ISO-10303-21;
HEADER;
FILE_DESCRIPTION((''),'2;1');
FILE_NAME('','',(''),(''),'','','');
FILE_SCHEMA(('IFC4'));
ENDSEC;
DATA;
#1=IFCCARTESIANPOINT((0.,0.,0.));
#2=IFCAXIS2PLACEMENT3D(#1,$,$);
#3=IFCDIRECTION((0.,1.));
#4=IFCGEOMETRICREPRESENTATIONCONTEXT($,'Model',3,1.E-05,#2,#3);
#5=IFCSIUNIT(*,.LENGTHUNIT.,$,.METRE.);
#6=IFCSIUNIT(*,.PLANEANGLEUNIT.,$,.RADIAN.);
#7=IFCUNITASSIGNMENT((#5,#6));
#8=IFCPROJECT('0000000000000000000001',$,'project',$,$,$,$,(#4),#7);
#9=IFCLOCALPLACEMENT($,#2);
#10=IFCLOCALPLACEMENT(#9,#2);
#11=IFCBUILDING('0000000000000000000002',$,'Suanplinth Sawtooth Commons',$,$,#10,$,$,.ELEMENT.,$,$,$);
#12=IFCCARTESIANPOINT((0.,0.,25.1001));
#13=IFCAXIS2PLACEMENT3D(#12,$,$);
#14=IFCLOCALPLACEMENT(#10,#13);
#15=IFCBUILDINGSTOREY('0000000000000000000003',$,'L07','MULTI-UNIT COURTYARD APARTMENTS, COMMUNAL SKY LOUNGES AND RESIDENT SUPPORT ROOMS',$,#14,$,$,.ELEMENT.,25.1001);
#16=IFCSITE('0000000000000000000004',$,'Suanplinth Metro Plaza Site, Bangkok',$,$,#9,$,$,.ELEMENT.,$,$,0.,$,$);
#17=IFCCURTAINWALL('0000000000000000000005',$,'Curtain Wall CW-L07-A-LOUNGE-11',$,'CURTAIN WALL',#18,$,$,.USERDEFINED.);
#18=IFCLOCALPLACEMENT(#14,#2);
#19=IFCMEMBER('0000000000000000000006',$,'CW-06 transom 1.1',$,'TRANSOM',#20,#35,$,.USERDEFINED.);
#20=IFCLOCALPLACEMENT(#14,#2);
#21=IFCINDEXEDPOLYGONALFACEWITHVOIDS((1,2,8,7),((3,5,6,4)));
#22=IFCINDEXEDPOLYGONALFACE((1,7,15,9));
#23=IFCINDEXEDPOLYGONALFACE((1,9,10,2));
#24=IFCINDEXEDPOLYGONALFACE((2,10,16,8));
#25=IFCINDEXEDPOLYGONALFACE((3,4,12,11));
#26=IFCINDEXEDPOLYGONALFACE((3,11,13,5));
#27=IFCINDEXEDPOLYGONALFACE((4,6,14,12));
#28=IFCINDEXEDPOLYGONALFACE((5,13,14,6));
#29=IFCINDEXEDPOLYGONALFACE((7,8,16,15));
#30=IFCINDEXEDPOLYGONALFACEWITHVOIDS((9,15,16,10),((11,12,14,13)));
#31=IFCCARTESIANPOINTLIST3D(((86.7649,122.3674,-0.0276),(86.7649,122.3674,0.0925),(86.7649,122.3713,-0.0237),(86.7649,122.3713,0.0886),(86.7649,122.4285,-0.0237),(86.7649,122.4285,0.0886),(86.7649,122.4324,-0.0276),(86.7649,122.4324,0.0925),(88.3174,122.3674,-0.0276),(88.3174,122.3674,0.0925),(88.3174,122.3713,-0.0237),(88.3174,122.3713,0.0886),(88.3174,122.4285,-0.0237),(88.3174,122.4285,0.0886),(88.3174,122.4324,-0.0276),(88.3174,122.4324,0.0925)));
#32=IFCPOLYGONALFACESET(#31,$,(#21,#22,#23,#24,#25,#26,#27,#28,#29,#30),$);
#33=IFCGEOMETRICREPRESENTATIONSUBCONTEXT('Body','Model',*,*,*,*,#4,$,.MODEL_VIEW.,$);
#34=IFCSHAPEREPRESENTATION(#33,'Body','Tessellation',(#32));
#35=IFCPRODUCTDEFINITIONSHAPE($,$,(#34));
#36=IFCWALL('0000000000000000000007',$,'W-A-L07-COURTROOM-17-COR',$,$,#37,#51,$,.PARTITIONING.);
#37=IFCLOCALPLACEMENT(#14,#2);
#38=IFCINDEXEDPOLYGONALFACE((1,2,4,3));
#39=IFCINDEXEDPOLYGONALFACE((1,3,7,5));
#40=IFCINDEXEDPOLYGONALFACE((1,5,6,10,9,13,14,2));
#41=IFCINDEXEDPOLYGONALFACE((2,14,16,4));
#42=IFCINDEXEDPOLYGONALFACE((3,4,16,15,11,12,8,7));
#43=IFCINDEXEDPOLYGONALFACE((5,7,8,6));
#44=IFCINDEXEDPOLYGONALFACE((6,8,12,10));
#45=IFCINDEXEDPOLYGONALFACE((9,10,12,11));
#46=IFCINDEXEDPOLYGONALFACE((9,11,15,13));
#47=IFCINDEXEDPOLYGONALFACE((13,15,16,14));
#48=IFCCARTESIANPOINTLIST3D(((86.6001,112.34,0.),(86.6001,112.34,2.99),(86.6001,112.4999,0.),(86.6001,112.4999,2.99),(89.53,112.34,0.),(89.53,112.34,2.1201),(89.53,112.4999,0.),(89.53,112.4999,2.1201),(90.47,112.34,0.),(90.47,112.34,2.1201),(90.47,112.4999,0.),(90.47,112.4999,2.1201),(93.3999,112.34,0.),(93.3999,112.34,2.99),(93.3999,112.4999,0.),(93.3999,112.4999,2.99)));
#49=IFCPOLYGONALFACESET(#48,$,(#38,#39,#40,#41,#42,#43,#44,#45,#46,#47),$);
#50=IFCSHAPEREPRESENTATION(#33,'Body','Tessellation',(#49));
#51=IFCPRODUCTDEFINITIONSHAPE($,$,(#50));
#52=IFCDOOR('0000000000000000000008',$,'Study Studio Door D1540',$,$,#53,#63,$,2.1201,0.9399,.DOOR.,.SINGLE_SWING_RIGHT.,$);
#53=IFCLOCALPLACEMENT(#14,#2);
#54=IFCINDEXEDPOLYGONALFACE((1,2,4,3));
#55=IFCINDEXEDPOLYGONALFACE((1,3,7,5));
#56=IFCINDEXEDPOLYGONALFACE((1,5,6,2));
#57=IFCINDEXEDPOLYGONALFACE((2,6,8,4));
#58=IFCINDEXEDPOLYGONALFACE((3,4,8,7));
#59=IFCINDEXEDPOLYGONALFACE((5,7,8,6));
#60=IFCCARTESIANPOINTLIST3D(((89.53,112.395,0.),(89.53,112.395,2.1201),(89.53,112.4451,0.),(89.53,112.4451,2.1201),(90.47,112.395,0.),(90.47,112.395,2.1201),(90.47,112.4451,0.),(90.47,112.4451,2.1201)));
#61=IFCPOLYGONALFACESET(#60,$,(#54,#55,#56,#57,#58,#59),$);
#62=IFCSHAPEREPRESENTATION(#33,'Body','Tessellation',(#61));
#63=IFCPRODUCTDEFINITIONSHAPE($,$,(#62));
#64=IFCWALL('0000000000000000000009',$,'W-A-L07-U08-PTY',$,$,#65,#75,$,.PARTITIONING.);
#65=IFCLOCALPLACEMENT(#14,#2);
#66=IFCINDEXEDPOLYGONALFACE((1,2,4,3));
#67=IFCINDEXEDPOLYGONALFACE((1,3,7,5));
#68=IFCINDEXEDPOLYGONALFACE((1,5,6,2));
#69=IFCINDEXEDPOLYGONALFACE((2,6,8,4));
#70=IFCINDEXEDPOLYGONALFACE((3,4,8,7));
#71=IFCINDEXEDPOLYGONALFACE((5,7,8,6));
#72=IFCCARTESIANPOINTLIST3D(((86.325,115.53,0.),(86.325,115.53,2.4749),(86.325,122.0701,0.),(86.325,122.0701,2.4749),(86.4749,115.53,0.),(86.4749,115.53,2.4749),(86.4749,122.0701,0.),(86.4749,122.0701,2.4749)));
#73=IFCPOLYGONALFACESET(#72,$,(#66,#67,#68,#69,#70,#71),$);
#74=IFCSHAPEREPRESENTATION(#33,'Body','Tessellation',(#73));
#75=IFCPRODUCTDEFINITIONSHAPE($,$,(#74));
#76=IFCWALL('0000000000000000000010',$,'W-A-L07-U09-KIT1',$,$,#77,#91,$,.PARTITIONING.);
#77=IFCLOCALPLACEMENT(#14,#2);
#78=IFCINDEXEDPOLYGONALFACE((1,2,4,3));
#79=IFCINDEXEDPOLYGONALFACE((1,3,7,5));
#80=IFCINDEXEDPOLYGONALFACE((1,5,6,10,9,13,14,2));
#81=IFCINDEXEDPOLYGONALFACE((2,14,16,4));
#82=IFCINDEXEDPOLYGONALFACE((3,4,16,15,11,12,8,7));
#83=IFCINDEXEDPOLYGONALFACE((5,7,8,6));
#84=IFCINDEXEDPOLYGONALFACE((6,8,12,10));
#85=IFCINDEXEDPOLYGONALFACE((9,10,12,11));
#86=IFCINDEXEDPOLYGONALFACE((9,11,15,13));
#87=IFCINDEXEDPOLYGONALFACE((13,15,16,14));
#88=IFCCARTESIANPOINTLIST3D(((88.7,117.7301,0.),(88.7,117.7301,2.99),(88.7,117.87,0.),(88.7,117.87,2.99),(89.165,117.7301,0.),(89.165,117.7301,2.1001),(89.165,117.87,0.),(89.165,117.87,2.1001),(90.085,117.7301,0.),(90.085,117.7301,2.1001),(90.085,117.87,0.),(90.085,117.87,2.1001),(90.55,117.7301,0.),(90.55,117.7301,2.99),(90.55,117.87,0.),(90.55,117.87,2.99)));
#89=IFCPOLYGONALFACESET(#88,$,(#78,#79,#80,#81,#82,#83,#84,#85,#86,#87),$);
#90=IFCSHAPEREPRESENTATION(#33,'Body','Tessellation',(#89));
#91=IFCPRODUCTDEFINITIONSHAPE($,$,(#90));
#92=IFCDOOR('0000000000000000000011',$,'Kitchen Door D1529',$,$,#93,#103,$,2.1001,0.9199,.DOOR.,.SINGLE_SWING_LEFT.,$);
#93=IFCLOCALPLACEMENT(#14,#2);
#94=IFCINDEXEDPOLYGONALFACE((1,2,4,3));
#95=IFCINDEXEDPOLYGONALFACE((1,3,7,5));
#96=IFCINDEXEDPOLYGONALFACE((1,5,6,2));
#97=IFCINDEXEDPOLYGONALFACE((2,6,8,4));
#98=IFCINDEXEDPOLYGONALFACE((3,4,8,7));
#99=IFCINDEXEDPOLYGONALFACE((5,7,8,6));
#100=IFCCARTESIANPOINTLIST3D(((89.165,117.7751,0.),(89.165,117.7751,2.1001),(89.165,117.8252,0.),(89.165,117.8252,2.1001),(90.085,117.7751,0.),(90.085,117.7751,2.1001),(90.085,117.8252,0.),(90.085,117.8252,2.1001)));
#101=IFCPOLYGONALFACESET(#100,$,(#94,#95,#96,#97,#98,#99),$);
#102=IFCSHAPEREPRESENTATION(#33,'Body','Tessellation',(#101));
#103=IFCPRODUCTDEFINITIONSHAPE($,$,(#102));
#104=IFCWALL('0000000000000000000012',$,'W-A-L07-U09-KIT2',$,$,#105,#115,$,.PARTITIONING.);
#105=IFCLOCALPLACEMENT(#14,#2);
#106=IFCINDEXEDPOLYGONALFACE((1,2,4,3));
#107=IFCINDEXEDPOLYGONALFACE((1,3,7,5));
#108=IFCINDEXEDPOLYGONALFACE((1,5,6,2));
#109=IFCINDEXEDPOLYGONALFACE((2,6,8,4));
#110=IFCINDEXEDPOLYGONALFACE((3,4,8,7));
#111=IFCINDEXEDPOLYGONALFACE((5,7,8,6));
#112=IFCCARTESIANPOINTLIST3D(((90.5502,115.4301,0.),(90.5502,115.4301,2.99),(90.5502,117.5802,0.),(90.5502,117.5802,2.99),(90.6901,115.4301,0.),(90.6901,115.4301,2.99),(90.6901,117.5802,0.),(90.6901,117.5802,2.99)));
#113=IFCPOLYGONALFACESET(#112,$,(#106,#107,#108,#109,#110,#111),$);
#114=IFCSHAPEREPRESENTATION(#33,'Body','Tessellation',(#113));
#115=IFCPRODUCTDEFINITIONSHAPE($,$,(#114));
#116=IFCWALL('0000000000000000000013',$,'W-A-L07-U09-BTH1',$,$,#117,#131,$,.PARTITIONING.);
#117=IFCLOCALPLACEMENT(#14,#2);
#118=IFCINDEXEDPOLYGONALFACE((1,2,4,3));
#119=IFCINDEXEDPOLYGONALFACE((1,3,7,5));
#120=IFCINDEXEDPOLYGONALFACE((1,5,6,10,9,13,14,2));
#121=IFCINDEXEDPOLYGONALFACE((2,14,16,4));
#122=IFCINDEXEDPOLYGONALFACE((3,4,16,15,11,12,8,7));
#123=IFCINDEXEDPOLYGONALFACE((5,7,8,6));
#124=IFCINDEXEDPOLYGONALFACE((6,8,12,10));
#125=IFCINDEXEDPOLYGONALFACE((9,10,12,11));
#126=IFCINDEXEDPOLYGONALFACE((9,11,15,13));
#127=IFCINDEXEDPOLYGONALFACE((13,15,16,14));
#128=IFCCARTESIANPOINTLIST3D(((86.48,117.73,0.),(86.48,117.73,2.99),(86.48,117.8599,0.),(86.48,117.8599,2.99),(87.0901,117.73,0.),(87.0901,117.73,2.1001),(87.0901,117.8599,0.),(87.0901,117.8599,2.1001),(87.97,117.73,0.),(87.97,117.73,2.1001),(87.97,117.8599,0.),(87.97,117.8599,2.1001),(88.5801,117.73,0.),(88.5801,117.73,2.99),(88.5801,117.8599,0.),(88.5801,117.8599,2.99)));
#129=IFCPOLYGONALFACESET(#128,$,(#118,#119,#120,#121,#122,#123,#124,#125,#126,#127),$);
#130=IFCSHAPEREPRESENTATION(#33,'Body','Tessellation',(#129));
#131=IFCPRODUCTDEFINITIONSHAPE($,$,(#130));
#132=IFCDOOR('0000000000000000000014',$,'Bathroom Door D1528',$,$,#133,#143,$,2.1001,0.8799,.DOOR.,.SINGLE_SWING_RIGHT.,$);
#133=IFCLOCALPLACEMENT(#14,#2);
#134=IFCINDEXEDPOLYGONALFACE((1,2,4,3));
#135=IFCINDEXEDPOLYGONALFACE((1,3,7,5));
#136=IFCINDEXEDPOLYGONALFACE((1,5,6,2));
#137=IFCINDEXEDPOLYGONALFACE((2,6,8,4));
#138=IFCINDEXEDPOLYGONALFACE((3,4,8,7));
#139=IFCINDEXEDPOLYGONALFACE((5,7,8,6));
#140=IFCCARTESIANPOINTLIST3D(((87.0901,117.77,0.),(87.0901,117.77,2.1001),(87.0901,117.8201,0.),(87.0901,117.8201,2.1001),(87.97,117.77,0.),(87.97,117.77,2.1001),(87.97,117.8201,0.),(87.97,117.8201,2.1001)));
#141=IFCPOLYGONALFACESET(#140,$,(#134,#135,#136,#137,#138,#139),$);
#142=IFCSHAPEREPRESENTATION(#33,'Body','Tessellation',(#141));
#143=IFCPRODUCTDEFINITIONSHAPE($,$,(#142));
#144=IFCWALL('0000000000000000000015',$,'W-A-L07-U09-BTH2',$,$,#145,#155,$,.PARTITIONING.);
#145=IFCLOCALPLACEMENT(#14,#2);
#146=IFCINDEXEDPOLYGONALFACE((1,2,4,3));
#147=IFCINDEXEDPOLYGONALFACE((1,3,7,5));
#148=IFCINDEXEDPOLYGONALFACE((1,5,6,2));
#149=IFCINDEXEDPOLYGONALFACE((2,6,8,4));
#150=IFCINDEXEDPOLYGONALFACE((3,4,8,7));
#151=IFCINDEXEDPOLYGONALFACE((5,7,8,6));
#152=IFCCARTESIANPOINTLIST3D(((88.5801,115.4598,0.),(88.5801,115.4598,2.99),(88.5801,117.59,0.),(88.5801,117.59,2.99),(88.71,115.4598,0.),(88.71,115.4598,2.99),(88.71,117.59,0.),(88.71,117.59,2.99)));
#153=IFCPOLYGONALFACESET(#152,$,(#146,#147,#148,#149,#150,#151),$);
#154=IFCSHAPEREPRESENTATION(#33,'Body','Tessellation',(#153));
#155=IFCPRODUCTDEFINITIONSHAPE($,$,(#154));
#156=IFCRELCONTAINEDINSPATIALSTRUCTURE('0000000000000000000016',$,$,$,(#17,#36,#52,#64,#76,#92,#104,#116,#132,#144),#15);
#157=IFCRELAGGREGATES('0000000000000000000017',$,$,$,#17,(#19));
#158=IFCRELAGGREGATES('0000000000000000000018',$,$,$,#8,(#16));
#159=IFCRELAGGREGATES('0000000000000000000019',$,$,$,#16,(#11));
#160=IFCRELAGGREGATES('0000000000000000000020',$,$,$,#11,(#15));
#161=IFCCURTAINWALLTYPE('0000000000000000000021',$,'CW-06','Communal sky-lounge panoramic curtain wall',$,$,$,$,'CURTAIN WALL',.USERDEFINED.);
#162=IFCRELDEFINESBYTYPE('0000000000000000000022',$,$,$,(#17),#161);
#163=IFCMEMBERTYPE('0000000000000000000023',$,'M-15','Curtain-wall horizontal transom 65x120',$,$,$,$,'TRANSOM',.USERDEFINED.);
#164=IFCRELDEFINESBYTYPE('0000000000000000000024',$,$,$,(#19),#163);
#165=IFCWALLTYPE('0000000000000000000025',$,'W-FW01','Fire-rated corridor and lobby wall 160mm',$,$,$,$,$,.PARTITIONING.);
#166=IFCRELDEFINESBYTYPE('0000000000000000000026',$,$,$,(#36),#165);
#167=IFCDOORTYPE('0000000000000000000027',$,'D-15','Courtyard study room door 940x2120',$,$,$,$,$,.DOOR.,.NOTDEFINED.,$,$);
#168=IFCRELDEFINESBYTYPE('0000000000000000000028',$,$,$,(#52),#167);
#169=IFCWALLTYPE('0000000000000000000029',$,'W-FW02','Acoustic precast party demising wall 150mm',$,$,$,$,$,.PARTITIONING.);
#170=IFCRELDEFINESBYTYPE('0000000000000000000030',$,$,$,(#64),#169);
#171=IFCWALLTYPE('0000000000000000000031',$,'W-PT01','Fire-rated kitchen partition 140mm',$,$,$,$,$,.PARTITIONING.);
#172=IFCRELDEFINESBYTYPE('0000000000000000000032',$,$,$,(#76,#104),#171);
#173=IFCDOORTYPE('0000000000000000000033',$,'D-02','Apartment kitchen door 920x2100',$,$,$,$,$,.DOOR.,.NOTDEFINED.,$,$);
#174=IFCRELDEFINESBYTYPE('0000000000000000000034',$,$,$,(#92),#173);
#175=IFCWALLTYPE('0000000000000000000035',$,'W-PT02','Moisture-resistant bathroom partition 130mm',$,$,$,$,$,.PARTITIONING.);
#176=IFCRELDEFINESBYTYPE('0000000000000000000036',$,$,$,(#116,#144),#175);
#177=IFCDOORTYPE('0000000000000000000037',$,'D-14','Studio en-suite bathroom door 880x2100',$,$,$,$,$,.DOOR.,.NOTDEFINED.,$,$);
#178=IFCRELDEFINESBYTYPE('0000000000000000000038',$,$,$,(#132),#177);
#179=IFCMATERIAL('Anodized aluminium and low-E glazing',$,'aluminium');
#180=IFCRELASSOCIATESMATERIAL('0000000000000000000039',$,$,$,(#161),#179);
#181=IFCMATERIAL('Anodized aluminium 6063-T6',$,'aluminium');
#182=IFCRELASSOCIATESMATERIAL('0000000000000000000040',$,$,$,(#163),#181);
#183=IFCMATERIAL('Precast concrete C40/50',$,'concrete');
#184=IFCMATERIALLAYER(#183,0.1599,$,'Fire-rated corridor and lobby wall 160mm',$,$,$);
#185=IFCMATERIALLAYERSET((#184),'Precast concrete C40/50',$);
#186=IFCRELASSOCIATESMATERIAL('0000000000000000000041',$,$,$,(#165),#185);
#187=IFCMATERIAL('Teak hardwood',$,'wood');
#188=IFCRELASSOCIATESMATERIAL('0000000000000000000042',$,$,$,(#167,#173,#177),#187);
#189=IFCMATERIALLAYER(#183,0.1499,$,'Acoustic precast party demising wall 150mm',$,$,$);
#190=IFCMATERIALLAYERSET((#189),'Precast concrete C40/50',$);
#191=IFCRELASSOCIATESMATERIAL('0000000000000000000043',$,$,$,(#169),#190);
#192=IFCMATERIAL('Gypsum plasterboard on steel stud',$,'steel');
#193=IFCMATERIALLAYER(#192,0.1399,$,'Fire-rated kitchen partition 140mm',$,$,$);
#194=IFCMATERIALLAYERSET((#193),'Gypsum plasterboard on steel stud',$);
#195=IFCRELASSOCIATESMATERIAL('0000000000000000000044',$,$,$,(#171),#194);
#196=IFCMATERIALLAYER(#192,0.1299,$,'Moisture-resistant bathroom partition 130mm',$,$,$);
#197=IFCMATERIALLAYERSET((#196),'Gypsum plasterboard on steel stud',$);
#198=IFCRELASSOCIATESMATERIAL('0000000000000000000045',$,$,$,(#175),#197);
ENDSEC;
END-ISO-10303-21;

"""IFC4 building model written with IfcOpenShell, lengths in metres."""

from ifc_helpers import new_model, si_unit, direction, frame, frame_2d, origin, origin_2d, place, context, subcontext, project, spatial, rectangle, hollow_rectangle, extrude, material, layer, layer_set, material_profile, profile_set, type_object, element, fill, aggregate, save


model = new_model("IFC4")

# Units and contexts
model_context = context("Model", 3, precision=1e-05, world=origin(), true_north=direction((0.0, 1.0)))
body_context = subcontext(model_context, "Body", "Model", "MODEL_VIEW")
ifc_project = project(units=[si_unit("LENGTHUNIT", "METRE"), si_unit("PLANEANGLEUNIT", "RADIAN")], contexts=[model_context])

# Site, building, storey
site_placement = place(None, origin())
site = spatial("IfcSite", under=ifc_project, at=site_placement, Name="Suanplinth Metro Plaza Site, Bangkok", CompositionType="ELEMENT", RefElevation=0.0)
building_placement = place(site_placement, origin())
building = spatial("IfcBuilding", under=site, at=building_placement, Name="Suanplinth Sawtooth Commons", CompositionType="ELEMENT")
storey_placement = place(building_placement, frame((0.0, 0.0, 25.1001)))
storey = spatial("IfcBuildingStorey", under=building, at=storey_placement, Name="L07", Description="MULTI-UNIT COURTYARD APARTMENTS, COMMUNAL SKY LOUNGES AND RESIDENT SUPPORT ROOMS", CompositionType="ELEMENT", Elevation=25.1001)

# Shared definitions
ifc_material_1 = material(Name="Precast concrete C40/50", Category="concrete")

# Curtain wall, member
ifc_material_2 = material(Name="Anodized aluminium and low-E glazing", Category="aluminium")
curtain_wall_type = type_object("IfcCurtainWallType", Name="CW-06", Description="Communal sky-lounge panoramic curtain wall", ElementType="CURTAIN WALL", PredefinedType="USERDEFINED", material=ifc_material_2)
curtain_wall_placement = place(storey_placement, origin())
curtain_wall = element("IfcCurtainWall", 1, at=curtain_wall_placement, inside=storey, type_object=curtain_wall_type, Name="Curtain Wall CW-L07-A-LOUNGE-11", ObjectType="CURTAIN WALL", PredefinedType="USERDEFINED")
ifc_material_3 = material(Name="Anodized aluminium 6063-T6", Category="aluminium")
ifc_material_profile_1 = material_profile(ifc_material_3, hollow_rectangle(XDim=0.0649, YDim=0.1201, WallThickness=0.0039, at=origin_2d()), Name="ALU-TRN 65x120")
ifc_profile_set_1 = profile_set([ifc_material_profile_1], Name="Anodized aluminium 6063-T6")
member_type_1 = type_object("IfcMemberType", Name="M-15", Description="Curtain-wall horizontal transom 65x120", ElementType="TRANSOM", PredefinedType="USERDEFINED", material=ifc_profile_set_1)
member_1_placement = place(storey_placement, frame((86.7649, 122.3999, 0.0325), z_axis=(1.0, 0.0, 0.0), x_axis=(0.0, 1.0, 0.0)))
member_1 = element("IfcMember", 2, at=member_1_placement, type_object=member_type_1, Name="CW-06 transom 1.1", ObjectType="TRANSOM", PredefinedType="USERDEFINED", context=body_context, shape_type="SweptSolid", body=[
    extrude(hollow_rectangle(XDim=0.0649, YDim=0.1201, WallThickness=0.0039, at=origin_2d()), origin(), (0.0, 0.0, 1.0), 1.5525),
])
aggregate(curtain_wall, [member_1])

# Wall, opening, door
ifc_layer_1 = layer(ifc_material_1, 0.1599, Name="Fire-rated corridor and lobby wall 160mm")
ifc_layer_set_1 = layer_set([ifc_layer_1], Name="Precast concrete C40/50")
wall_type_1 = type_object("IfcWallType", Name="W-FW01", Description="Fire-rated corridor and lobby wall 160mm", PredefinedType="PARTITIONING", material=ifc_layer_set_1)
wall_1_placement = place(storey_placement, frame((86.6001, 112.4199, 0.0), z_axis=(0.0, 0.0, 1.0), x_axis=(1.0, 0.0, 0.0)))
wall_1 = element("IfcWall", 3, at=wall_1_placement, inside=storey, type_object=wall_type_1, Name="W-A-L07-COURTROOM-17-COR", PredefinedType="PARTITIONING", context=body_context, shape_type="SweptSolid", body=[
    extrude(rectangle(XDim=6.7998, YDim=0.1599, at=frame_2d((3.3999, 0.0))), origin(), (0.0, 0.0, 1.0), 2.99),
])
opening_1_placement = place(wall_1_placement, frame((2.9299, 0.0, 0.0)))
opening_1 = element("IfcOpeningElement", 4, at=opening_1_placement, cuts=wall_1, PredefinedType="OPENING", context=body_context, shape_type="SweptSolid", body=[
    extrude(rectangle(XDim=0.9399, YDim=2.1201, at=frame_2d((0.47, 1.0601))), frame((0.0, 0.0947, 0.0), z_axis=(0.0, -1.0, 0.0), x_axis=(1.0, 0.0, 0.0)), (0.0, 0.0, 1.0), 0.1897),
])
ifc_material_4 = material(Name="Teak hardwood", Category="wood")
door_type_1 = type_object("IfcDoorType", Name="D-15", Description="Courtyard study room door 940x2120", OperationType="NOTDEFINED", PredefinedType="DOOR", material=ifc_material_4)
door_1_placement = place(opening_1_placement, frame((0.9399, 0.0, 0.0), z_axis=(0.0, 0.0, 1.0), x_axis=(-1.0, 0.0, 0.0)))
door_1 = element("IfcDoor", 5, at=door_1_placement, inside=storey, type_object=door_type_1, Name="Study Studio Door D1540", OperationType="SINGLE_SWING_RIGHT", OverallHeight=2.1201, OverallWidth=0.9399, PredefinedType="DOOR", context=body_context, shape_type="SweptSolid", body=[
    extrude(rectangle(XDim=0.9399, YDim=2.1201, at=frame_2d((0.47, 1.0601))), frame((0.0, 0.0249, 0.0), z_axis=(0.0, -1.0, 0.0), x_axis=(1.0, 0.0, 0.0)), (0.0, 0.0, 1.0), 0.05),
])
fill(opening_1, door_1)

# Wall
ifc_layer_2 = layer(ifc_material_1, 0.1499, Name="Acoustic precast party demising wall 150mm")
ifc_layer_set_2 = layer_set([ifc_layer_2], Name="Precast concrete C40/50")
wall_type_2 = type_object("IfcWallType", Name="W-FW02", Description="Acoustic precast party demising wall 150mm", PredefinedType="PARTITIONING", material=ifc_layer_set_2)
wall_2_placement = place(storey_placement, frame((86.3999, 115.53, 0.0), z_axis=(0.0, 0.0, 1.0), x_axis=(0.0, 1.0, 0.0)))
element("IfcWall", 6, at=wall_2_placement, inside=storey, type_object=wall_type_2, Name="W-A-L07-U08-PTY", PredefinedType="PARTITIONING", context=body_context, shape_type="SweptSolid", body=[
    extrude(rectangle(XDim=6.54, YDim=0.1499, at=frame_2d((3.27, 0.0))), origin(), (0.0, 0.0, 1.0), 2.4749),
])

# Wall, opening, door
ifc_material_5 = material(Name="Gypsum plasterboard on steel stud", Category="steel")
ifc_layer_3 = layer(ifc_material_5, 0.1399, Name="Fire-rated kitchen partition 140mm")
ifc_layer_set_3 = layer_set([ifc_layer_3], Name="Gypsum plasterboard on steel stud")
wall_type_3 = type_object("IfcWallType", Name="W-PT01", Description="Fire-rated kitchen partition 140mm", PredefinedType="PARTITIONING", material=ifc_layer_set_3)
wall_3_placement = place(storey_placement, frame((88.7, 117.8, 0.0), z_axis=(0.0, 0.0, 1.0), x_axis=(1.0, 0.0, 0.0)))
wall_3 = element("IfcWall", 7, at=wall_3_placement, inside=storey, type_object=wall_type_3, Name="W-A-L07-U09-KIT1", PredefinedType="PARTITIONING", context=body_context, shape_type="SweptSolid", body=[
    extrude(rectangle(XDim=1.8501, YDim=0.1399, at=frame_2d((0.925, 0.0))), origin(), (0.0, 0.0, 1.0), 2.99),
])
opening_2_placement = place(wall_3_placement, frame((0.4651, 0.0, 0.0)))
opening_2 = element("IfcOpeningElement", 8, at=opening_2_placement, cuts=wall_3, PredefinedType="OPENING", context=body_context, shape_type="SweptSolid", body=[
    extrude(rectangle(XDim=0.9199, YDim=2.1001, at=frame_2d((0.46, 1.05))), frame((0.0, 0.085, 0.0), z_axis=(0.0, -1.0, 0.0), x_axis=(1.0, 0.0, 0.0)), (0.0, 0.0, 1.0), 0.1697),
])
door_type_2 = type_object("IfcDoorType", Name="D-02", Description="Apartment kitchen door 920x2100", OperationType="NOTDEFINED", PredefinedType="DOOR", material=ifc_material_4)
door_2_placement = place(opening_2_placement, frame((0.9199, 0.0, 0.0), z_axis=(0.0, 0.0, 1.0), x_axis=(-1.0, 0.0, 0.0)))
door_2 = element("IfcDoor", 9, at=door_2_placement, inside=storey, type_object=door_type_2, Name="Kitchen Door D1529", OperationType="SINGLE_SWING_LEFT", OverallHeight=2.1001, OverallWidth=0.9199, PredefinedType="DOOR", context=body_context, shape_type="SweptSolid", body=[
    extrude(rectangle(XDim=0.9199, YDim=2.1001, at=frame_2d((0.46, 1.05))), frame((0.0, 0.0249, 0.0), z_axis=(0.0, -1.0, 0.0), x_axis=(1.0, 0.0, 0.0)), (0.0, 0.0, 1.0), 0.05),
])
fill(opening_2, door_2)

# Wall
wall_4_placement = place(storey_placement, frame((90.6201, 115.4299, 0.0), z_axis=(0.0, 0.0, 1.0), x_axis=(0.0, 1.0, 0.0)))
element("IfcWall", 10, at=wall_4_placement, inside=storey, type_object=wall_type_3, Name="W-A-L07-U09-KIT2", PredefinedType="PARTITIONING", context=body_context, shape_type="SweptSolid", body=[
    extrude(rectangle(XDim=2.1501, YDim=0.1399, at=frame_2d((1.0752, 0.0))), origin(), (0.0, 0.0, 1.0), 2.99),
])

# Wall, opening, door
ifc_layer_4 = layer(ifc_material_5, 0.1299, Name="Moisture-resistant bathroom partition 130mm")
ifc_layer_set_4 = layer_set([ifc_layer_4], Name="Gypsum plasterboard on steel stud")
wall_type_4 = type_object("IfcWallType", Name="W-PT02", Description="Moisture-resistant bathroom partition 130mm", PredefinedType="PARTITIONING", material=ifc_layer_set_4)
wall_5_placement = place(storey_placement, frame((86.48, 117.7949, 0.0), z_axis=(0.0, 0.0, 1.0), x_axis=(1.0, 0.0, 0.0)))
wall_5 = element("IfcWall", 11, at=wall_5_placement, inside=storey, type_object=wall_type_4, Name="W-A-L07-U09-BTH1", PredefinedType="PARTITIONING", context=body_context, shape_type="SweptSolid", body=[
    extrude(rectangle(XDim=2.1001, YDim=0.1299, at=frame_2d((1.05, 0.0))), origin(), (0.0, 0.0, 1.0), 2.99),
])
opening_3_placement = place(wall_5_placement, frame((0.6101, 0.0, 0.0)))
opening_3 = element("IfcOpeningElement", 12, at=opening_3_placement, cuts=wall_5, PredefinedType="OPENING", context=body_context, shape_type="SweptSolid", body=[
    extrude(rectangle(XDim=0.8799, YDim=2.1001, at=frame_2d((0.4399, 1.05))), frame((0.0, 0.0798, 0.0), z_axis=(0.0, -1.0, 0.0), x_axis=(1.0, 0.0, 0.0)), (0.0, 0.0, 1.0), 0.1597),
])
door_type_3 = type_object("IfcDoorType", Name="D-14", Description="Studio en-suite bathroom door 880x2100", OperationType="NOTDEFINED", PredefinedType="DOOR", material=ifc_material_4)
door_3_placement = place(opening_3_placement, frame((0.8799, 0.0, 0.0), z_axis=(0.0, 0.0, 1.0), x_axis=(-1.0, 0.0, 0.0)))
door_3 = element("IfcDoor", 13, at=door_3_placement, inside=storey, type_object=door_type_3, Name="Bathroom Door D1528", OperationType="SINGLE_SWING_RIGHT", OverallHeight=2.1001, OverallWidth=0.8799, PredefinedType="DOOR", context=body_context, shape_type="SweptSolid", body=[
    extrude(rectangle(XDim=0.8799, YDim=2.1001, at=frame_2d((0.4399, 1.05))), frame((0.0, 0.0249, 0.0), z_axis=(0.0, -1.0, 0.0), x_axis=(1.0, 0.0, 0.0)), (0.0, 0.0, 1.0), 0.05),
])
fill(opening_3, door_3)

# Wall
wall_6_placement = place(storey_placement, frame((88.645, 115.46, 0.0), z_axis=(0.0, 0.0, 1.0), x_axis=(0.0, 1.0, 0.0)))
element("IfcWall", 14, at=wall_6_placement, inside=storey, type_object=wall_type_4, Name="W-A-L07-U09-BTH2", PredefinedType="PARTITIONING", context=body_context, shape_type="SweptSolid", body=[
    extrude(rectangle(XDim=2.1301, YDim=0.1299, at=frame_2d((1.0649, 0.0))), origin(), (0.0, 0.0, 1.0), 2.99),
])

save(model, "model.ifc")
